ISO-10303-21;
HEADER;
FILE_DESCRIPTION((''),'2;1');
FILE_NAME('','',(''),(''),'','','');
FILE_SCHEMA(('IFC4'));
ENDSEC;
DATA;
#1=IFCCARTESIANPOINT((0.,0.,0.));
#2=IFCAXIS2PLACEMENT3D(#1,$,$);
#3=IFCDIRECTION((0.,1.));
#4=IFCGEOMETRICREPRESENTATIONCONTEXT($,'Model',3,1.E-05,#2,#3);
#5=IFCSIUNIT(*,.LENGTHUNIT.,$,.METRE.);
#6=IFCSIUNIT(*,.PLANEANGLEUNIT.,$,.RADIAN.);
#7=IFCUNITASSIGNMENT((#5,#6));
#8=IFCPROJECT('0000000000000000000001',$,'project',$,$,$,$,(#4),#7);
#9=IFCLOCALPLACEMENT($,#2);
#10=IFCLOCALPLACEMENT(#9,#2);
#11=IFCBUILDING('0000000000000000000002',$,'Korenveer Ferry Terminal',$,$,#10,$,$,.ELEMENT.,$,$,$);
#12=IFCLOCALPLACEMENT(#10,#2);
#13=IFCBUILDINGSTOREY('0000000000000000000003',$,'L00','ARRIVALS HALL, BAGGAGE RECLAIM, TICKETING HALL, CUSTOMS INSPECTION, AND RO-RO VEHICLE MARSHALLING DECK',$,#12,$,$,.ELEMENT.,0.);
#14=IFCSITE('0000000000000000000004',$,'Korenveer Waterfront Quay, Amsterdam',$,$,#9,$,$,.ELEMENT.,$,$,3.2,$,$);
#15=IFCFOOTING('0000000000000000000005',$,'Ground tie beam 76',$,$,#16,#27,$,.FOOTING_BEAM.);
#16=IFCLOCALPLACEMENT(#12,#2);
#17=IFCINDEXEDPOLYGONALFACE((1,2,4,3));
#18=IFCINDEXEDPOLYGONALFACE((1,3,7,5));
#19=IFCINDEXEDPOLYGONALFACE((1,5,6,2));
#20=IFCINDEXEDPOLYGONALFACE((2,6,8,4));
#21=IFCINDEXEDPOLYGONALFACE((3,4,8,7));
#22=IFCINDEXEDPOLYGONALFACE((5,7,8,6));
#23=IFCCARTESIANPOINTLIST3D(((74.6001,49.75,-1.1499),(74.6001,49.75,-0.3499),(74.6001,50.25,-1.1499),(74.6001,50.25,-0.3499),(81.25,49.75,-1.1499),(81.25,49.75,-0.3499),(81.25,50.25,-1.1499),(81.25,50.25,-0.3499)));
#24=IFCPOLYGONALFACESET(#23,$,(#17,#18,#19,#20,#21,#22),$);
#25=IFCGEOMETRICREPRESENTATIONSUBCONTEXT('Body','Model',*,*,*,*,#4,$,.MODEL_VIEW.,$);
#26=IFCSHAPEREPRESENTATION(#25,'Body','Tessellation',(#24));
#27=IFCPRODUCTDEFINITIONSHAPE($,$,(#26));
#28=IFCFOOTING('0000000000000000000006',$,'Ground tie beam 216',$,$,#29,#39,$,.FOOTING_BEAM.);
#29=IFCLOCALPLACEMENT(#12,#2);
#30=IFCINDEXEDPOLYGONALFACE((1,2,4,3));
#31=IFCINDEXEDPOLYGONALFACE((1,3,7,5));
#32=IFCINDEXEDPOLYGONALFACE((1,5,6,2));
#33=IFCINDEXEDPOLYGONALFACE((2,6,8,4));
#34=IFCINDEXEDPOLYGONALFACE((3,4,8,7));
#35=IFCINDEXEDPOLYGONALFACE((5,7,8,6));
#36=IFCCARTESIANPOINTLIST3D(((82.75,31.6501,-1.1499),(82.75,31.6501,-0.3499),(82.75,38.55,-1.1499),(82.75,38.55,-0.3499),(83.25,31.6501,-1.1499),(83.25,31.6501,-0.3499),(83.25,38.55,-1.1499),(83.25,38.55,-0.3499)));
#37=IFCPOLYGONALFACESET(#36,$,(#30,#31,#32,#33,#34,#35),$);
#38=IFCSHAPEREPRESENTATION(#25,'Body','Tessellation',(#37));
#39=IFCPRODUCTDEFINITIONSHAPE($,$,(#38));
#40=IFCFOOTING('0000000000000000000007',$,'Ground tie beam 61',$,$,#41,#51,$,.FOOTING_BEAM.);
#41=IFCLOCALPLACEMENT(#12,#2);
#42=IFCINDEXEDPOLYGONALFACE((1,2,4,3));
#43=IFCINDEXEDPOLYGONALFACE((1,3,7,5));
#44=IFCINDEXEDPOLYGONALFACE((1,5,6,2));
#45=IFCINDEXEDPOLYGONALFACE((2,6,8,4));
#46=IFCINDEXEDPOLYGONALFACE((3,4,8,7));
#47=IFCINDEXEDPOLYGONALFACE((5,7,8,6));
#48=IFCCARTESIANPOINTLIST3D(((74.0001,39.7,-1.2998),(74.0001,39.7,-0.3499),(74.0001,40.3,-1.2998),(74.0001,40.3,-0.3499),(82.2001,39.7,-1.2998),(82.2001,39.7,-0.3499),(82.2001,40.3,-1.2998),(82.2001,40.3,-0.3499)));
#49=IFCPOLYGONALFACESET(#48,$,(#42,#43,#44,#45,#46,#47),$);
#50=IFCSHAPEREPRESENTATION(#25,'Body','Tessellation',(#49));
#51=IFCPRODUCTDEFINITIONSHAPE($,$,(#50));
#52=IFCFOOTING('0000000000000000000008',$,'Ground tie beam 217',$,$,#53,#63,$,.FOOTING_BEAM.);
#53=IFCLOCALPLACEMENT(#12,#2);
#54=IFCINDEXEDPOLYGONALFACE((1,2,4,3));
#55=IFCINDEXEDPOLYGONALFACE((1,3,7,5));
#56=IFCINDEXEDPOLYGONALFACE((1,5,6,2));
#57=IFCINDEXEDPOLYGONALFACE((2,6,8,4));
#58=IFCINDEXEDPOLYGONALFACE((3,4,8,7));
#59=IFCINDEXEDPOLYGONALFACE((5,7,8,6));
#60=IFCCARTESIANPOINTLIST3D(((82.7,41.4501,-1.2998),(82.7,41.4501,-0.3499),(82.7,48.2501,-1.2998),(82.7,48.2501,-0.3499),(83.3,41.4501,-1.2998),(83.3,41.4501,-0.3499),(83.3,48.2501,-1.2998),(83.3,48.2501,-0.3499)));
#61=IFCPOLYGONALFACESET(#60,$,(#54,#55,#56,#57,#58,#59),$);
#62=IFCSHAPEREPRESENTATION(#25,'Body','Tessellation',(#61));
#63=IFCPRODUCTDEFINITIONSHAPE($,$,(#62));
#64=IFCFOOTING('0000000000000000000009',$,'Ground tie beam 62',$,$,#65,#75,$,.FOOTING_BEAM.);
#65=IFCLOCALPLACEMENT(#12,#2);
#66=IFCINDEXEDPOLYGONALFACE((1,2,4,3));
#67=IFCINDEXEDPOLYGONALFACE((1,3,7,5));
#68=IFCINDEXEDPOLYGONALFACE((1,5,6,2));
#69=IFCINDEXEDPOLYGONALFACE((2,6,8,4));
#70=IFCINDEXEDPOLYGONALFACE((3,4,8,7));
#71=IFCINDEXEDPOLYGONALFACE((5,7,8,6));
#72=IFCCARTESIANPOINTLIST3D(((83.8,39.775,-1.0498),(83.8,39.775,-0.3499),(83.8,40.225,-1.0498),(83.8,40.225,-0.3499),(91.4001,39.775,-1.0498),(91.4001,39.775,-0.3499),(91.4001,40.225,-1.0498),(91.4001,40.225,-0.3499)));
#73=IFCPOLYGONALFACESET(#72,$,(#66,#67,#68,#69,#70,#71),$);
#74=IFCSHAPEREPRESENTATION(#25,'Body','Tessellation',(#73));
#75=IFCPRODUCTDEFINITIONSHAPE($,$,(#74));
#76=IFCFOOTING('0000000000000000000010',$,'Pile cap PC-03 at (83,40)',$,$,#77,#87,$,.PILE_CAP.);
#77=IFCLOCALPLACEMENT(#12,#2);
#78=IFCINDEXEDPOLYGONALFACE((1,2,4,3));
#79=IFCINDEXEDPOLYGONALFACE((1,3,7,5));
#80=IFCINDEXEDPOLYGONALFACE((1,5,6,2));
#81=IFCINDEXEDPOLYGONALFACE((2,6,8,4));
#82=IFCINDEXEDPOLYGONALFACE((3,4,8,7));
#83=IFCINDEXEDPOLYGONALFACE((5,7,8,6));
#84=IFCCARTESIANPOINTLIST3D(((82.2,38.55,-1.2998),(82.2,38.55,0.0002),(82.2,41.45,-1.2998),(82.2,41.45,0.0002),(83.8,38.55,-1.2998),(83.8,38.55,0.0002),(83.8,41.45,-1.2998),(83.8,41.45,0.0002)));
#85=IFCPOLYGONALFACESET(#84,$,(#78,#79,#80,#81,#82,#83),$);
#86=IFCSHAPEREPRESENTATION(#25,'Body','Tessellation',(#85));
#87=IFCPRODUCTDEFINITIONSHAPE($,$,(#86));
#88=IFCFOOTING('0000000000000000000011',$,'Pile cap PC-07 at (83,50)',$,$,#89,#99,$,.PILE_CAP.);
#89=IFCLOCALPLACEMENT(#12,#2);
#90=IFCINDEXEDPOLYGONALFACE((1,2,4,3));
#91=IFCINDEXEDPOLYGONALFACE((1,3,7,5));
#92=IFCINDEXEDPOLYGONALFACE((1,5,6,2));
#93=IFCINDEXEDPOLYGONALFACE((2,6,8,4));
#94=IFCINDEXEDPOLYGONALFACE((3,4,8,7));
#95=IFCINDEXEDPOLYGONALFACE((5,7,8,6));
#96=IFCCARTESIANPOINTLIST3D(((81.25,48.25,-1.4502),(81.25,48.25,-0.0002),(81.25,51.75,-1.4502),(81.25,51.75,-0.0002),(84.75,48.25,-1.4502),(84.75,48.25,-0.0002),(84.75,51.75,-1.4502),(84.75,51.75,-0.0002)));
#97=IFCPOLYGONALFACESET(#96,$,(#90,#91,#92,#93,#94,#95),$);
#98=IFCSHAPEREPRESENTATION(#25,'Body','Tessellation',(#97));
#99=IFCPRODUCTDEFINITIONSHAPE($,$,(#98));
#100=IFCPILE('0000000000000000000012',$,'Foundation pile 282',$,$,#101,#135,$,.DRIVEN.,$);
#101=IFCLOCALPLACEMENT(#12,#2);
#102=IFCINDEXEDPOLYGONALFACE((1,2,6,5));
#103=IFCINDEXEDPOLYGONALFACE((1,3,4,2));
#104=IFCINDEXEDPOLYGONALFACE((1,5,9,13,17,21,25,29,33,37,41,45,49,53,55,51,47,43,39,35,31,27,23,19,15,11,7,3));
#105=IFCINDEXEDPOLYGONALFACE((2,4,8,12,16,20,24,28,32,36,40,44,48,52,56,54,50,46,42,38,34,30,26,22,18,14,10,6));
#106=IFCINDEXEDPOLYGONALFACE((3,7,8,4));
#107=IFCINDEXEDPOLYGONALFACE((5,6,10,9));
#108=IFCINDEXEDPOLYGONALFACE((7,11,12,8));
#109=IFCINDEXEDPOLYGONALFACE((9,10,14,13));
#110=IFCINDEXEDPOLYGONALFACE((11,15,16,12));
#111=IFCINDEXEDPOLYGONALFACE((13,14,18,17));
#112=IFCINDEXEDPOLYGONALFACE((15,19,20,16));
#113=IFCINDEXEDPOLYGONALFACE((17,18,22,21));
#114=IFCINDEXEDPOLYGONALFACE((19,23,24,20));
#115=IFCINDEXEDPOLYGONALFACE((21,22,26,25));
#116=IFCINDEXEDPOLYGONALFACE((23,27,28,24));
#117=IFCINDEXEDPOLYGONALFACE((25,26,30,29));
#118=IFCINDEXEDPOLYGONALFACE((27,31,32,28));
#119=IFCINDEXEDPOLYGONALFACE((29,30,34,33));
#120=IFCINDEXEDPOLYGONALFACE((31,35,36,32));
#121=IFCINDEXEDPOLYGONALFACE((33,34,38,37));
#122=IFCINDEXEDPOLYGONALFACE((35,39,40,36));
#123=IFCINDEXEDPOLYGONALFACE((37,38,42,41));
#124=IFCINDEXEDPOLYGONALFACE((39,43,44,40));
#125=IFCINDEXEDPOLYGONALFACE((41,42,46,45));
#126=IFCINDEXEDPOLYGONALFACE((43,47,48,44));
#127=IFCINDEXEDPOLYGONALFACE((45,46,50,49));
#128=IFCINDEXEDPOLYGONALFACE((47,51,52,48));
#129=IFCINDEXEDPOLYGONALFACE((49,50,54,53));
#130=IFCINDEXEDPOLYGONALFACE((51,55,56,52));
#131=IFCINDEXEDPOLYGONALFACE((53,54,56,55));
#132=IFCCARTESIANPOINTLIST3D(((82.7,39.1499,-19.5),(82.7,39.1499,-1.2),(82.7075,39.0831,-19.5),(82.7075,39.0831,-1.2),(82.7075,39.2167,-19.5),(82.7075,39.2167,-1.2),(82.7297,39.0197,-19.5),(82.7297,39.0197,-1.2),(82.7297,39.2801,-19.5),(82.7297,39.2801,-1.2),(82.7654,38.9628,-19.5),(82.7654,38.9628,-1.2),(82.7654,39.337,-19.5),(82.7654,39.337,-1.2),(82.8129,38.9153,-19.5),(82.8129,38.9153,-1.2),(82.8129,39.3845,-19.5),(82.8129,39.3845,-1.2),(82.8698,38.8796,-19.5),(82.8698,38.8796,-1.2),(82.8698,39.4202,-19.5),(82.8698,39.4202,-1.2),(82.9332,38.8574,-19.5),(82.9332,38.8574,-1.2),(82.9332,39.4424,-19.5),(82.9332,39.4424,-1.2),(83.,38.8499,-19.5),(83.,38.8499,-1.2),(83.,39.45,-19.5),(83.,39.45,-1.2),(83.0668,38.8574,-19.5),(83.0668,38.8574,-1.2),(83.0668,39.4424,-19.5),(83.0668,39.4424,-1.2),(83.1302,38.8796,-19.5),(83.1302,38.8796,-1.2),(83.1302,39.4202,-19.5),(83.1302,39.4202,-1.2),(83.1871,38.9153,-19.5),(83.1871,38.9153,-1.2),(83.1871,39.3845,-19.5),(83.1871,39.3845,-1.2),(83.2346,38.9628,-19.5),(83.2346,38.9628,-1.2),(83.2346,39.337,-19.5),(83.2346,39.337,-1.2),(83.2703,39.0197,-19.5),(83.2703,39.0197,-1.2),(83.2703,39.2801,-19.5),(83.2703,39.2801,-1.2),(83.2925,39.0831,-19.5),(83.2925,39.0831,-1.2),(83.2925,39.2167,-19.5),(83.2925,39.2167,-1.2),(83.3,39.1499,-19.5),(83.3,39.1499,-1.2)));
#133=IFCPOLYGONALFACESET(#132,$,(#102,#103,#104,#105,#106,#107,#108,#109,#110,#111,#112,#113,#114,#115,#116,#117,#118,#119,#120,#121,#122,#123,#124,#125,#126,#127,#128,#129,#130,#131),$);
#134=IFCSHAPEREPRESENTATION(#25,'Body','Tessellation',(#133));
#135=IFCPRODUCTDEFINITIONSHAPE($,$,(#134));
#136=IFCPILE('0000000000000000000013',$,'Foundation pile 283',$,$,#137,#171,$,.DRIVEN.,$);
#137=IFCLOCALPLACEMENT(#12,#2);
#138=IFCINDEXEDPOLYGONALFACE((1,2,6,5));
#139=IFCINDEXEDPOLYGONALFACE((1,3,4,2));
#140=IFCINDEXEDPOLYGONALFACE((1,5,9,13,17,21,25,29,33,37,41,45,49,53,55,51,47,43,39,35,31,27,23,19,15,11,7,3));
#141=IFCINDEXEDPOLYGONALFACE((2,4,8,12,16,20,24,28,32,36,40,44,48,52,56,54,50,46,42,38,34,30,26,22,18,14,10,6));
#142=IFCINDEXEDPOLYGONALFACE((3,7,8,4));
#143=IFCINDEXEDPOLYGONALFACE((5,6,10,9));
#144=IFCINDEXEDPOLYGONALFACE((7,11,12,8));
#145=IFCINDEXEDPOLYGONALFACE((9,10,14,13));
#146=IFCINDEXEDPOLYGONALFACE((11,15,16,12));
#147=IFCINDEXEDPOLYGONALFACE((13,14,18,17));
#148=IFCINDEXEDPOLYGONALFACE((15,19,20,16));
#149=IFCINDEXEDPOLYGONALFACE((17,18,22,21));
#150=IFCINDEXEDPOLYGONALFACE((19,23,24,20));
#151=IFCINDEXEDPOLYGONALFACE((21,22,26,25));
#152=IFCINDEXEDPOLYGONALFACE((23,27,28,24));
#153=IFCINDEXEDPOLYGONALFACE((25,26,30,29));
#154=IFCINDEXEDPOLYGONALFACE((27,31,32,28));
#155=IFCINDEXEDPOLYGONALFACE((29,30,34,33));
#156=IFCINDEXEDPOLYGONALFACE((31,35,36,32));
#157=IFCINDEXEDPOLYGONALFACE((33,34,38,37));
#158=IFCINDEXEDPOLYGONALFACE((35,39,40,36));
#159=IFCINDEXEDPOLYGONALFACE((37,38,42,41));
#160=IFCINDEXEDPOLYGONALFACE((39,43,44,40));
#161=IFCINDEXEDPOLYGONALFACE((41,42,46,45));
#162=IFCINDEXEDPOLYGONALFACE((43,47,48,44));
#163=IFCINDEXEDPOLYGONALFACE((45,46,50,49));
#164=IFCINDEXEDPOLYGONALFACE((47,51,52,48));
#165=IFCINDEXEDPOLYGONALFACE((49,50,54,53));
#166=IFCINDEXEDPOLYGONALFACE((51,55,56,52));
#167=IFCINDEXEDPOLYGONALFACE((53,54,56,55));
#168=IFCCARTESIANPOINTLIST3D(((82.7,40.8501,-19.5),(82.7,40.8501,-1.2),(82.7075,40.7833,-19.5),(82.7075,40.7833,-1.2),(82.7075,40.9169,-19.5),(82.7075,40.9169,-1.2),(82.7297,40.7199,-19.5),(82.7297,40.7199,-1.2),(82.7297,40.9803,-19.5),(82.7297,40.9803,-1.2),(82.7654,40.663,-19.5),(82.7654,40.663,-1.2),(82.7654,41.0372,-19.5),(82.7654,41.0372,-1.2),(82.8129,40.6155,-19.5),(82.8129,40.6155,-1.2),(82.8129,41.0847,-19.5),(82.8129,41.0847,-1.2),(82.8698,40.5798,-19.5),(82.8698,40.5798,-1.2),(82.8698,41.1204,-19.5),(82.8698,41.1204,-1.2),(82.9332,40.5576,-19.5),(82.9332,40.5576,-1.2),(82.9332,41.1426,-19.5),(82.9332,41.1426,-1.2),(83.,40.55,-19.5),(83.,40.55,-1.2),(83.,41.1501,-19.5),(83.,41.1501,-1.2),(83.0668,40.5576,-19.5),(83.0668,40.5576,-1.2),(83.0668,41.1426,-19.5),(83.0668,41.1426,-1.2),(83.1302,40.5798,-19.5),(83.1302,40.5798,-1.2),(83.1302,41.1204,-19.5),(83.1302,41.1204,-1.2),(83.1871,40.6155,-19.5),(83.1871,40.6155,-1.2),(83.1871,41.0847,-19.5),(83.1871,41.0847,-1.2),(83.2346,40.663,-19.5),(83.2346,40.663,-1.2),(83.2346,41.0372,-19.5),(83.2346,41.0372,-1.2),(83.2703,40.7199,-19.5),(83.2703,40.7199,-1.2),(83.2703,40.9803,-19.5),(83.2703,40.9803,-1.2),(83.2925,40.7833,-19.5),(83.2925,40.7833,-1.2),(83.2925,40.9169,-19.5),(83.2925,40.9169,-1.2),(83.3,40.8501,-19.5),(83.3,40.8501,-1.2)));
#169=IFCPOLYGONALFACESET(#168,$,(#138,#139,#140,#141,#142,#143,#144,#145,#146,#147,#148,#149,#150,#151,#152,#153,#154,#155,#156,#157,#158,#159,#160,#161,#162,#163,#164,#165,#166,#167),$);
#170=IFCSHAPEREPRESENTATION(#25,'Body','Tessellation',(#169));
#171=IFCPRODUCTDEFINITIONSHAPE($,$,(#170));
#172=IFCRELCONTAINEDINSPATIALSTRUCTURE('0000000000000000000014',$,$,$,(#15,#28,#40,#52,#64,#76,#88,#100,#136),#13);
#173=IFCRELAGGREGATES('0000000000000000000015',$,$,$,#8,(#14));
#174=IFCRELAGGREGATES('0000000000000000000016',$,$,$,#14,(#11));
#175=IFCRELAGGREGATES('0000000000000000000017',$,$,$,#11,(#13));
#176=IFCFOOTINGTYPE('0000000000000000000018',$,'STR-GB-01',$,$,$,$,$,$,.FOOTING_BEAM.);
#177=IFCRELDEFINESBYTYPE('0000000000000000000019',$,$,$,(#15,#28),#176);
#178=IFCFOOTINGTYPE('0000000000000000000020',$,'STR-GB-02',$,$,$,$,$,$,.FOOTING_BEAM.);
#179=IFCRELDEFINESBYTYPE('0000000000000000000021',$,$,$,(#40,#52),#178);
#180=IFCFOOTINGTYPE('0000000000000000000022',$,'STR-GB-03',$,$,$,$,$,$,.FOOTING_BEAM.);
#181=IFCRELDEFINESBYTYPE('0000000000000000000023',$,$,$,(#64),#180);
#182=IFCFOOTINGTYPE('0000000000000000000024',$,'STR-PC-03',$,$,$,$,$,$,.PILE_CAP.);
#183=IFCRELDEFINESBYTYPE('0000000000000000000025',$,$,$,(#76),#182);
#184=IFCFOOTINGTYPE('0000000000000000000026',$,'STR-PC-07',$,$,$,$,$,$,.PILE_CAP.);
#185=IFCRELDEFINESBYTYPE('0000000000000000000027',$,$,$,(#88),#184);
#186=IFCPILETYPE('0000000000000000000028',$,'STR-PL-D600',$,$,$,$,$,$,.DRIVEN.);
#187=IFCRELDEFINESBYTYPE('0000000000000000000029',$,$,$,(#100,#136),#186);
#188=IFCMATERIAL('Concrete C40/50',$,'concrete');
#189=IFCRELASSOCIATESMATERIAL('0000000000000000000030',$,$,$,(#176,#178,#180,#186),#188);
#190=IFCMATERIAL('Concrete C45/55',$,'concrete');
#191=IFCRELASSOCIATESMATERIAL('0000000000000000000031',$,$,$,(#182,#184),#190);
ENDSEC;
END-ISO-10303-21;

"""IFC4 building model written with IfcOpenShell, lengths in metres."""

from ifc_helpers import new_model, si_unit, direction, frame, origin, origin_2d, place, context, subcontext, project, spatial, rectangle, circle, extrude, material, material_profile, profile_set, type_object, element, save


model = new_model("IFC4")

# Units and contexts
model_context = context("Model", 3, precision=1e-05, world=origin(), true_north=direction((0.0, 1.0)))
body_context = subcontext(model_context, "Body", "Model", "MODEL_VIEW")
ifc_project = project(units=[si_unit("LENGTHUNIT", "METRE"), si_unit("PLANEANGLEUNIT", "RADIAN")], contexts=[model_context])

# Site, building, storey
site_placement = place(None, origin())
site = spatial("IfcSite", under=ifc_project, at=site_placement, Name="Korenveer Waterfront Quay, Amsterdam", CompositionType="ELEMENT", RefElevation=3.2)
building_placement = place(site_placement, origin())
building = spatial("IfcBuilding", under=site, at=building_placement, Name="Korenveer Ferry Terminal", CompositionType="ELEMENT")
storey_placement = place(building_placement, origin())
storey = spatial("IfcBuildingStorey", under=building, at=storey_placement, Name="L00", Description="ARRIVALS HALL, BAGGAGE RECLAIM, TICKETING HALL, CUSTOMS INSPECTION, AND RO-RO VEHICLE MARSHALLING DECK", CompositionType="ELEMENT", Elevation=0.0)

# Footings
ifc_material_1 = material(Name="Concrete C40/50", Category="concrete")
footing_type_1 = type_object("IfcFootingType", Name="STR-GB-01", PredefinedType="FOOTING_BEAM", material=ifc_material_1)
footing_1_placement = place(storey_placement, frame((77.925, 50.0, -1.1499), z_axis=(0.0, 0.0, 1.0), x_axis=(1.0, 0.0, 0.0)))
element("IfcFooting", 1, at=footing_1_placement, inside=storey, type_object=footing_type_1, Name="Ground tie beam 76", PredefinedType="FOOTING_BEAM", context=body_context, shape_type="SweptSolid", body=[
    extrude(rectangle(XDim=6.6499, YDim=0.5, at=origin_2d()), origin(), (0.0, 0.0, 1.0), 0.8),
])
footing_2_placement = place(storey_placement, frame((83.0, 35.1001, -1.1499), z_axis=(0.0, 0.0, 1.0), x_axis=(1.0, 0.0, 0.0)))
element("IfcFooting", 2, at=footing_2_placement, inside=storey, type_object=footing_type_1, Name="Ground tie beam 216", PredefinedType="FOOTING_BEAM", context=body_context, shape_type="SweptSolid", body=[
    extrude(rectangle(XDim=0.5, YDim=6.8999, at=origin_2d()), origin(), (0.0, 0.0, 1.0), 0.8),
])
footing_type_2 = type_object("IfcFootingType", Name="STR-GB-02", PredefinedType="FOOTING_BEAM", material=ifc_material_1)
footing_3_placement = place(storey_placement, frame((78.1001, 40.0, -1.2998), z_axis=(0.0, 0.0, 1.0), x_axis=(1.0, 0.0, 0.0)))
element("IfcFooting", 3, at=footing_3_placement, inside=storey, type_object=footing_type_2, Name="Ground tie beam 61", PredefinedType="FOOTING_BEAM", context=body_context, shape_type="SweptSolid", body=[
    extrude(rectangle(XDim=8.2, YDim=0.6001, at=origin_2d()), origin(), (0.0, 0.0, 1.0), 0.95),
])
footing_4_placement = place(storey_placement, frame((83.0, 44.8501, -1.2998), z_axis=(0.0, 0.0, 1.0), x_axis=(1.0, 0.0, 0.0)))
element("IfcFooting", 4, at=footing_4_placement, inside=storey, type_object=footing_type_2, Name="Ground tie beam 217", PredefinedType="FOOTING_BEAM", context=body_context, shape_type="SweptSolid", body=[
    extrude(rectangle(XDim=0.6001, YDim=6.8, at=origin_2d()), origin(), (0.0, 0.0, 1.0), 0.95),
])
footing_type_3 = type_object("IfcFootingType", Name="STR-GB-03", PredefinedType="FOOTING_BEAM", material=ifc_material_1)
footing_5_placement = place(storey_placement, frame((87.6001, 40.0, -1.0498), z_axis=(0.0, 0.0, 1.0), x_axis=(1.0, 0.0, 0.0)))
element("IfcFooting", 5, at=footing_5_placement, inside=storey, type_object=footing_type_3, Name="Ground tie beam 62", PredefinedType="FOOTING_BEAM", context=body_context, shape_type="SweptSolid", body=[
    extrude(rectangle(XDim=7.6001, YDim=0.45, at=origin_2d()), origin(), (0.0, 0.0, 1.0), 0.7),
])
ifc_material_2 = material(Name="Concrete C45/55", Category="concrete")
footing_type_4 = type_object("IfcFootingType", Name="STR-PC-03", PredefinedType="PILE_CAP", material=ifc_material_2)
footing_6_placement = place(storey_placement, frame((83.0, 40.0, -1.2998), z_axis=(0.0, 0.0, 1.0), x_axis=(1.0, 0.0, 0.0)))
element("IfcFooting", 6, at=footing_6_placement, inside=storey, type_object=footing_type_4, Name="Pile cap PC-03 at (83,40)", PredefinedType="PILE_CAP", context=body_context, shape_type="SweptSolid", body=[
    extrude(rectangle(XDim=1.6001, YDim=2.8999, at=origin_2d()), origin(), (0.0, 0.0, 1.0), 1.3),
])
footing_type_5 = type_object("IfcFootingType", Name="STR-PC-07", PredefinedType="PILE_CAP", material=ifc_material_2)
footing_7_placement = place(storey_placement, frame((83.0, 50.0, -1.4502), z_axis=(0.0, 0.0, 1.0), x_axis=(1.0, 0.0, 0.0)))
element("IfcFooting", 7, at=footing_7_placement, inside=storey, type_object=footing_type_5, Name="Pile cap PC-07 at (83,50)", PredefinedType="PILE_CAP", context=body_context, shape_type="SweptSolid", body=[
    extrude(rectangle(XDim=3.5, YDim=3.5, at=origin_2d()), origin(), (0.0, 0.0, 1.0), 1.45),
])

# Piles
ifc_material_profile_1 = material_profile(ifc_material_1, circle(Radius=0.3, at=origin_2d()), Name="PILE D600")
ifc_profile_set_1 = profile_set([ifc_material_profile_1], Name="Concrete C40/50")
pile_type_1 = type_object("IfcPileType", Name="STR-PL-D600", PredefinedType="DRIVEN", material=ifc_profile_set_1)
for number, where, z_axis, x_axis, name in (
    (8, (83.0, 39.1499, -1.2), (0.0, 0.0, -1.0), (1.0, 0.0, 0.0), "Foundation pile 282"),
    (9, (83.0, 40.8501, -1.2), (0.0, 0.0, -1.0), (1.0, 0.0, 0.0), "Foundation pile 283"),
):
    element("IfcPile", number, at=place(storey_placement, frame(where, z_axis=z_axis, x_axis=x_axis)), inside=storey, type_object=pile_type_1, Name=name, PredefinedType="DRIVEN", context=body_context, shape_type="SweptSolid", body=[
        extrude(circle(Radius=0.3, at=origin_2d()), origin(), (0.0, 0.0, 1.0), 18.3),
    ])

save(model, "model.ifc")
